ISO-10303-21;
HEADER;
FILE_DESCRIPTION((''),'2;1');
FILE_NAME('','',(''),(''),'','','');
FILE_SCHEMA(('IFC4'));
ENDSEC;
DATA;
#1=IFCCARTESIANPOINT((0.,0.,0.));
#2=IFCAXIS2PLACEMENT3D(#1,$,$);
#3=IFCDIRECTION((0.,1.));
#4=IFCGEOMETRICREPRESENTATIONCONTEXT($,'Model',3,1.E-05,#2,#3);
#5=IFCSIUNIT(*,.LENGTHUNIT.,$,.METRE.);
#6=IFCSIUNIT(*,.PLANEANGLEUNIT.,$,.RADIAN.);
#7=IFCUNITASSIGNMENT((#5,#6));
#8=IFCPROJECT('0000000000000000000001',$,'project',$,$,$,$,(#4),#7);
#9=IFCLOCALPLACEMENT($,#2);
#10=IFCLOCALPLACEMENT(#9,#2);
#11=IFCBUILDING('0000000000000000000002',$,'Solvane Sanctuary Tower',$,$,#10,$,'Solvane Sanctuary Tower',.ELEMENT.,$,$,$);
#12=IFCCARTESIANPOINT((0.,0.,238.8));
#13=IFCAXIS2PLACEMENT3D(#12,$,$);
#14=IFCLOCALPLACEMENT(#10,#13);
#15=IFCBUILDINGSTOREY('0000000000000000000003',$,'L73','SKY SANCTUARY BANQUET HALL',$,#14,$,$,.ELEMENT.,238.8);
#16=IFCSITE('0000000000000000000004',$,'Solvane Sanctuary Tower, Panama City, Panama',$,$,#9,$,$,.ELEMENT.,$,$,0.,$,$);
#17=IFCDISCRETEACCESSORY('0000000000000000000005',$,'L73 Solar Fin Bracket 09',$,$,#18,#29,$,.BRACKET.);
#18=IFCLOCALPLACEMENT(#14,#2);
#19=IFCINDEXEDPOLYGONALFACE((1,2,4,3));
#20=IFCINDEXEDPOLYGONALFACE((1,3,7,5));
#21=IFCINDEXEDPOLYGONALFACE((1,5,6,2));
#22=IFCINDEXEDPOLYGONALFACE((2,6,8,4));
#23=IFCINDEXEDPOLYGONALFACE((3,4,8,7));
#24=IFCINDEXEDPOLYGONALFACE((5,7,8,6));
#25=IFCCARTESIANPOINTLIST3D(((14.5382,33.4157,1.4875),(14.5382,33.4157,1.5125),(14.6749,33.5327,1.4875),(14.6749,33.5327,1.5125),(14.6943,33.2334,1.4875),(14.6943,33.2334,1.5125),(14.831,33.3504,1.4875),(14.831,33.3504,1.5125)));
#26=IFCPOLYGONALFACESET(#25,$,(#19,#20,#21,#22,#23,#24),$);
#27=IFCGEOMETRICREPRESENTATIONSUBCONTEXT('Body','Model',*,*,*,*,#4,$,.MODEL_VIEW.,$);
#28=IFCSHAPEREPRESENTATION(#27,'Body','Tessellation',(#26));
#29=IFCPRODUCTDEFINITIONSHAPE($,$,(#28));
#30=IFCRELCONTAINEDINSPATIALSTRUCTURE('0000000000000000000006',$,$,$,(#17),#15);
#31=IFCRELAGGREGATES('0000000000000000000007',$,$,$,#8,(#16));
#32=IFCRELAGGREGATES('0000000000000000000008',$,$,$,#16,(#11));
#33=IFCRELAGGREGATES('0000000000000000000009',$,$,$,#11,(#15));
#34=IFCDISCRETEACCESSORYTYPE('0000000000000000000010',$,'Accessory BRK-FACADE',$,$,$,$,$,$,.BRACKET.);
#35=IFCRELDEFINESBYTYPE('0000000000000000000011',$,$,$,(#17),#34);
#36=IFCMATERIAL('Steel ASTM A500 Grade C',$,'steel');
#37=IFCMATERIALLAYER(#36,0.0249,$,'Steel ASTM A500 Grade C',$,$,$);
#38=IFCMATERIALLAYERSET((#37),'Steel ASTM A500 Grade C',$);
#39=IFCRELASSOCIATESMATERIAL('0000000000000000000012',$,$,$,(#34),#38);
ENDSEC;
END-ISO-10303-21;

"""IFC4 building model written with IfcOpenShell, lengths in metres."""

from ifc_helpers import new_model, si_unit, direction, frame, origin, origin_2d, place, context, subcontext, project, spatial, rectangle, extrude, material, layer, layer_set, type_object, element, save


model = new_model("IFC4")

# Units and contexts
model_context = context("Model", 3, precision=1e-05, world=origin(), true_north=direction((0.0, 1.0)))
body_context = subcontext(model_context, "Body", "Model", "MODEL_VIEW")
ifc_project = project(units=[si_unit("LENGTHUNIT", "METRE"), si_unit("PLANEANGLEUNIT", "RADIAN")], contexts=[model_context])

# Site, building, storey
site_placement = place(None, origin())
site = spatial("IfcSite", under=ifc_project, at=site_placement, Name="Solvane Sanctuary Tower, Panama City, Panama", CompositionType="ELEMENT", RefElevation=0.0)
building_placement = place(site_placement, origin())
building = spatial("IfcBuilding", under=site, at=building_placement, Name="Solvane Sanctuary Tower", LongName="Solvane Sanctuary Tower", CompositionType="ELEMENT")
storey_placement = place(building_placement, frame((0.0, 0.0, 238.8)))
storey = spatial("IfcBuildingStorey", under=building, at=storey_placement, Name="L73", Description="SKY SANCTUARY BANQUET HALL", CompositionType="ELEMENT", Elevation=238.8)

# Discrete accessory
ifc_material_1 = material(Name="Steel ASTM A500 Grade C", Category="steel")
ifc_layer_1 = layer(ifc_material_1, 0.0249, Name="Steel ASTM A500 Grade C")
ifc_layer_set_1 = layer_set([ifc_layer_1], Name="Steel ASTM A500 Grade C")
discrete_accessory_type_1 = type_object("IfcDiscreteAccessoryType", Name="Accessory BRK-FACADE", PredefinedType="BRACKET", material=ifc_layer_set_1)
discrete_accessory_placement = place(storey_placement, frame((14.6846, 33.3831, 1.4875), z_axis=(0.0, 0.0, 1.0), x_axis=(-0.759573, -0.650422, 0.0)))
element("IfcDiscreteAccessory", 1, at=discrete_accessory_placement, inside=storey, type_object=discrete_accessory_type_1, Name="L73 Solar Fin Bracket 09", PredefinedType="BRACKET", context=body_context, shape_type="SweptSolid", body=[
    extrude(rectangle(XDim=0.1799, YDim=0.24, at=origin_2d()), origin(), (0.0, 0.0, 1.0), 0.0249),
])

save(model, "model.ifc")
